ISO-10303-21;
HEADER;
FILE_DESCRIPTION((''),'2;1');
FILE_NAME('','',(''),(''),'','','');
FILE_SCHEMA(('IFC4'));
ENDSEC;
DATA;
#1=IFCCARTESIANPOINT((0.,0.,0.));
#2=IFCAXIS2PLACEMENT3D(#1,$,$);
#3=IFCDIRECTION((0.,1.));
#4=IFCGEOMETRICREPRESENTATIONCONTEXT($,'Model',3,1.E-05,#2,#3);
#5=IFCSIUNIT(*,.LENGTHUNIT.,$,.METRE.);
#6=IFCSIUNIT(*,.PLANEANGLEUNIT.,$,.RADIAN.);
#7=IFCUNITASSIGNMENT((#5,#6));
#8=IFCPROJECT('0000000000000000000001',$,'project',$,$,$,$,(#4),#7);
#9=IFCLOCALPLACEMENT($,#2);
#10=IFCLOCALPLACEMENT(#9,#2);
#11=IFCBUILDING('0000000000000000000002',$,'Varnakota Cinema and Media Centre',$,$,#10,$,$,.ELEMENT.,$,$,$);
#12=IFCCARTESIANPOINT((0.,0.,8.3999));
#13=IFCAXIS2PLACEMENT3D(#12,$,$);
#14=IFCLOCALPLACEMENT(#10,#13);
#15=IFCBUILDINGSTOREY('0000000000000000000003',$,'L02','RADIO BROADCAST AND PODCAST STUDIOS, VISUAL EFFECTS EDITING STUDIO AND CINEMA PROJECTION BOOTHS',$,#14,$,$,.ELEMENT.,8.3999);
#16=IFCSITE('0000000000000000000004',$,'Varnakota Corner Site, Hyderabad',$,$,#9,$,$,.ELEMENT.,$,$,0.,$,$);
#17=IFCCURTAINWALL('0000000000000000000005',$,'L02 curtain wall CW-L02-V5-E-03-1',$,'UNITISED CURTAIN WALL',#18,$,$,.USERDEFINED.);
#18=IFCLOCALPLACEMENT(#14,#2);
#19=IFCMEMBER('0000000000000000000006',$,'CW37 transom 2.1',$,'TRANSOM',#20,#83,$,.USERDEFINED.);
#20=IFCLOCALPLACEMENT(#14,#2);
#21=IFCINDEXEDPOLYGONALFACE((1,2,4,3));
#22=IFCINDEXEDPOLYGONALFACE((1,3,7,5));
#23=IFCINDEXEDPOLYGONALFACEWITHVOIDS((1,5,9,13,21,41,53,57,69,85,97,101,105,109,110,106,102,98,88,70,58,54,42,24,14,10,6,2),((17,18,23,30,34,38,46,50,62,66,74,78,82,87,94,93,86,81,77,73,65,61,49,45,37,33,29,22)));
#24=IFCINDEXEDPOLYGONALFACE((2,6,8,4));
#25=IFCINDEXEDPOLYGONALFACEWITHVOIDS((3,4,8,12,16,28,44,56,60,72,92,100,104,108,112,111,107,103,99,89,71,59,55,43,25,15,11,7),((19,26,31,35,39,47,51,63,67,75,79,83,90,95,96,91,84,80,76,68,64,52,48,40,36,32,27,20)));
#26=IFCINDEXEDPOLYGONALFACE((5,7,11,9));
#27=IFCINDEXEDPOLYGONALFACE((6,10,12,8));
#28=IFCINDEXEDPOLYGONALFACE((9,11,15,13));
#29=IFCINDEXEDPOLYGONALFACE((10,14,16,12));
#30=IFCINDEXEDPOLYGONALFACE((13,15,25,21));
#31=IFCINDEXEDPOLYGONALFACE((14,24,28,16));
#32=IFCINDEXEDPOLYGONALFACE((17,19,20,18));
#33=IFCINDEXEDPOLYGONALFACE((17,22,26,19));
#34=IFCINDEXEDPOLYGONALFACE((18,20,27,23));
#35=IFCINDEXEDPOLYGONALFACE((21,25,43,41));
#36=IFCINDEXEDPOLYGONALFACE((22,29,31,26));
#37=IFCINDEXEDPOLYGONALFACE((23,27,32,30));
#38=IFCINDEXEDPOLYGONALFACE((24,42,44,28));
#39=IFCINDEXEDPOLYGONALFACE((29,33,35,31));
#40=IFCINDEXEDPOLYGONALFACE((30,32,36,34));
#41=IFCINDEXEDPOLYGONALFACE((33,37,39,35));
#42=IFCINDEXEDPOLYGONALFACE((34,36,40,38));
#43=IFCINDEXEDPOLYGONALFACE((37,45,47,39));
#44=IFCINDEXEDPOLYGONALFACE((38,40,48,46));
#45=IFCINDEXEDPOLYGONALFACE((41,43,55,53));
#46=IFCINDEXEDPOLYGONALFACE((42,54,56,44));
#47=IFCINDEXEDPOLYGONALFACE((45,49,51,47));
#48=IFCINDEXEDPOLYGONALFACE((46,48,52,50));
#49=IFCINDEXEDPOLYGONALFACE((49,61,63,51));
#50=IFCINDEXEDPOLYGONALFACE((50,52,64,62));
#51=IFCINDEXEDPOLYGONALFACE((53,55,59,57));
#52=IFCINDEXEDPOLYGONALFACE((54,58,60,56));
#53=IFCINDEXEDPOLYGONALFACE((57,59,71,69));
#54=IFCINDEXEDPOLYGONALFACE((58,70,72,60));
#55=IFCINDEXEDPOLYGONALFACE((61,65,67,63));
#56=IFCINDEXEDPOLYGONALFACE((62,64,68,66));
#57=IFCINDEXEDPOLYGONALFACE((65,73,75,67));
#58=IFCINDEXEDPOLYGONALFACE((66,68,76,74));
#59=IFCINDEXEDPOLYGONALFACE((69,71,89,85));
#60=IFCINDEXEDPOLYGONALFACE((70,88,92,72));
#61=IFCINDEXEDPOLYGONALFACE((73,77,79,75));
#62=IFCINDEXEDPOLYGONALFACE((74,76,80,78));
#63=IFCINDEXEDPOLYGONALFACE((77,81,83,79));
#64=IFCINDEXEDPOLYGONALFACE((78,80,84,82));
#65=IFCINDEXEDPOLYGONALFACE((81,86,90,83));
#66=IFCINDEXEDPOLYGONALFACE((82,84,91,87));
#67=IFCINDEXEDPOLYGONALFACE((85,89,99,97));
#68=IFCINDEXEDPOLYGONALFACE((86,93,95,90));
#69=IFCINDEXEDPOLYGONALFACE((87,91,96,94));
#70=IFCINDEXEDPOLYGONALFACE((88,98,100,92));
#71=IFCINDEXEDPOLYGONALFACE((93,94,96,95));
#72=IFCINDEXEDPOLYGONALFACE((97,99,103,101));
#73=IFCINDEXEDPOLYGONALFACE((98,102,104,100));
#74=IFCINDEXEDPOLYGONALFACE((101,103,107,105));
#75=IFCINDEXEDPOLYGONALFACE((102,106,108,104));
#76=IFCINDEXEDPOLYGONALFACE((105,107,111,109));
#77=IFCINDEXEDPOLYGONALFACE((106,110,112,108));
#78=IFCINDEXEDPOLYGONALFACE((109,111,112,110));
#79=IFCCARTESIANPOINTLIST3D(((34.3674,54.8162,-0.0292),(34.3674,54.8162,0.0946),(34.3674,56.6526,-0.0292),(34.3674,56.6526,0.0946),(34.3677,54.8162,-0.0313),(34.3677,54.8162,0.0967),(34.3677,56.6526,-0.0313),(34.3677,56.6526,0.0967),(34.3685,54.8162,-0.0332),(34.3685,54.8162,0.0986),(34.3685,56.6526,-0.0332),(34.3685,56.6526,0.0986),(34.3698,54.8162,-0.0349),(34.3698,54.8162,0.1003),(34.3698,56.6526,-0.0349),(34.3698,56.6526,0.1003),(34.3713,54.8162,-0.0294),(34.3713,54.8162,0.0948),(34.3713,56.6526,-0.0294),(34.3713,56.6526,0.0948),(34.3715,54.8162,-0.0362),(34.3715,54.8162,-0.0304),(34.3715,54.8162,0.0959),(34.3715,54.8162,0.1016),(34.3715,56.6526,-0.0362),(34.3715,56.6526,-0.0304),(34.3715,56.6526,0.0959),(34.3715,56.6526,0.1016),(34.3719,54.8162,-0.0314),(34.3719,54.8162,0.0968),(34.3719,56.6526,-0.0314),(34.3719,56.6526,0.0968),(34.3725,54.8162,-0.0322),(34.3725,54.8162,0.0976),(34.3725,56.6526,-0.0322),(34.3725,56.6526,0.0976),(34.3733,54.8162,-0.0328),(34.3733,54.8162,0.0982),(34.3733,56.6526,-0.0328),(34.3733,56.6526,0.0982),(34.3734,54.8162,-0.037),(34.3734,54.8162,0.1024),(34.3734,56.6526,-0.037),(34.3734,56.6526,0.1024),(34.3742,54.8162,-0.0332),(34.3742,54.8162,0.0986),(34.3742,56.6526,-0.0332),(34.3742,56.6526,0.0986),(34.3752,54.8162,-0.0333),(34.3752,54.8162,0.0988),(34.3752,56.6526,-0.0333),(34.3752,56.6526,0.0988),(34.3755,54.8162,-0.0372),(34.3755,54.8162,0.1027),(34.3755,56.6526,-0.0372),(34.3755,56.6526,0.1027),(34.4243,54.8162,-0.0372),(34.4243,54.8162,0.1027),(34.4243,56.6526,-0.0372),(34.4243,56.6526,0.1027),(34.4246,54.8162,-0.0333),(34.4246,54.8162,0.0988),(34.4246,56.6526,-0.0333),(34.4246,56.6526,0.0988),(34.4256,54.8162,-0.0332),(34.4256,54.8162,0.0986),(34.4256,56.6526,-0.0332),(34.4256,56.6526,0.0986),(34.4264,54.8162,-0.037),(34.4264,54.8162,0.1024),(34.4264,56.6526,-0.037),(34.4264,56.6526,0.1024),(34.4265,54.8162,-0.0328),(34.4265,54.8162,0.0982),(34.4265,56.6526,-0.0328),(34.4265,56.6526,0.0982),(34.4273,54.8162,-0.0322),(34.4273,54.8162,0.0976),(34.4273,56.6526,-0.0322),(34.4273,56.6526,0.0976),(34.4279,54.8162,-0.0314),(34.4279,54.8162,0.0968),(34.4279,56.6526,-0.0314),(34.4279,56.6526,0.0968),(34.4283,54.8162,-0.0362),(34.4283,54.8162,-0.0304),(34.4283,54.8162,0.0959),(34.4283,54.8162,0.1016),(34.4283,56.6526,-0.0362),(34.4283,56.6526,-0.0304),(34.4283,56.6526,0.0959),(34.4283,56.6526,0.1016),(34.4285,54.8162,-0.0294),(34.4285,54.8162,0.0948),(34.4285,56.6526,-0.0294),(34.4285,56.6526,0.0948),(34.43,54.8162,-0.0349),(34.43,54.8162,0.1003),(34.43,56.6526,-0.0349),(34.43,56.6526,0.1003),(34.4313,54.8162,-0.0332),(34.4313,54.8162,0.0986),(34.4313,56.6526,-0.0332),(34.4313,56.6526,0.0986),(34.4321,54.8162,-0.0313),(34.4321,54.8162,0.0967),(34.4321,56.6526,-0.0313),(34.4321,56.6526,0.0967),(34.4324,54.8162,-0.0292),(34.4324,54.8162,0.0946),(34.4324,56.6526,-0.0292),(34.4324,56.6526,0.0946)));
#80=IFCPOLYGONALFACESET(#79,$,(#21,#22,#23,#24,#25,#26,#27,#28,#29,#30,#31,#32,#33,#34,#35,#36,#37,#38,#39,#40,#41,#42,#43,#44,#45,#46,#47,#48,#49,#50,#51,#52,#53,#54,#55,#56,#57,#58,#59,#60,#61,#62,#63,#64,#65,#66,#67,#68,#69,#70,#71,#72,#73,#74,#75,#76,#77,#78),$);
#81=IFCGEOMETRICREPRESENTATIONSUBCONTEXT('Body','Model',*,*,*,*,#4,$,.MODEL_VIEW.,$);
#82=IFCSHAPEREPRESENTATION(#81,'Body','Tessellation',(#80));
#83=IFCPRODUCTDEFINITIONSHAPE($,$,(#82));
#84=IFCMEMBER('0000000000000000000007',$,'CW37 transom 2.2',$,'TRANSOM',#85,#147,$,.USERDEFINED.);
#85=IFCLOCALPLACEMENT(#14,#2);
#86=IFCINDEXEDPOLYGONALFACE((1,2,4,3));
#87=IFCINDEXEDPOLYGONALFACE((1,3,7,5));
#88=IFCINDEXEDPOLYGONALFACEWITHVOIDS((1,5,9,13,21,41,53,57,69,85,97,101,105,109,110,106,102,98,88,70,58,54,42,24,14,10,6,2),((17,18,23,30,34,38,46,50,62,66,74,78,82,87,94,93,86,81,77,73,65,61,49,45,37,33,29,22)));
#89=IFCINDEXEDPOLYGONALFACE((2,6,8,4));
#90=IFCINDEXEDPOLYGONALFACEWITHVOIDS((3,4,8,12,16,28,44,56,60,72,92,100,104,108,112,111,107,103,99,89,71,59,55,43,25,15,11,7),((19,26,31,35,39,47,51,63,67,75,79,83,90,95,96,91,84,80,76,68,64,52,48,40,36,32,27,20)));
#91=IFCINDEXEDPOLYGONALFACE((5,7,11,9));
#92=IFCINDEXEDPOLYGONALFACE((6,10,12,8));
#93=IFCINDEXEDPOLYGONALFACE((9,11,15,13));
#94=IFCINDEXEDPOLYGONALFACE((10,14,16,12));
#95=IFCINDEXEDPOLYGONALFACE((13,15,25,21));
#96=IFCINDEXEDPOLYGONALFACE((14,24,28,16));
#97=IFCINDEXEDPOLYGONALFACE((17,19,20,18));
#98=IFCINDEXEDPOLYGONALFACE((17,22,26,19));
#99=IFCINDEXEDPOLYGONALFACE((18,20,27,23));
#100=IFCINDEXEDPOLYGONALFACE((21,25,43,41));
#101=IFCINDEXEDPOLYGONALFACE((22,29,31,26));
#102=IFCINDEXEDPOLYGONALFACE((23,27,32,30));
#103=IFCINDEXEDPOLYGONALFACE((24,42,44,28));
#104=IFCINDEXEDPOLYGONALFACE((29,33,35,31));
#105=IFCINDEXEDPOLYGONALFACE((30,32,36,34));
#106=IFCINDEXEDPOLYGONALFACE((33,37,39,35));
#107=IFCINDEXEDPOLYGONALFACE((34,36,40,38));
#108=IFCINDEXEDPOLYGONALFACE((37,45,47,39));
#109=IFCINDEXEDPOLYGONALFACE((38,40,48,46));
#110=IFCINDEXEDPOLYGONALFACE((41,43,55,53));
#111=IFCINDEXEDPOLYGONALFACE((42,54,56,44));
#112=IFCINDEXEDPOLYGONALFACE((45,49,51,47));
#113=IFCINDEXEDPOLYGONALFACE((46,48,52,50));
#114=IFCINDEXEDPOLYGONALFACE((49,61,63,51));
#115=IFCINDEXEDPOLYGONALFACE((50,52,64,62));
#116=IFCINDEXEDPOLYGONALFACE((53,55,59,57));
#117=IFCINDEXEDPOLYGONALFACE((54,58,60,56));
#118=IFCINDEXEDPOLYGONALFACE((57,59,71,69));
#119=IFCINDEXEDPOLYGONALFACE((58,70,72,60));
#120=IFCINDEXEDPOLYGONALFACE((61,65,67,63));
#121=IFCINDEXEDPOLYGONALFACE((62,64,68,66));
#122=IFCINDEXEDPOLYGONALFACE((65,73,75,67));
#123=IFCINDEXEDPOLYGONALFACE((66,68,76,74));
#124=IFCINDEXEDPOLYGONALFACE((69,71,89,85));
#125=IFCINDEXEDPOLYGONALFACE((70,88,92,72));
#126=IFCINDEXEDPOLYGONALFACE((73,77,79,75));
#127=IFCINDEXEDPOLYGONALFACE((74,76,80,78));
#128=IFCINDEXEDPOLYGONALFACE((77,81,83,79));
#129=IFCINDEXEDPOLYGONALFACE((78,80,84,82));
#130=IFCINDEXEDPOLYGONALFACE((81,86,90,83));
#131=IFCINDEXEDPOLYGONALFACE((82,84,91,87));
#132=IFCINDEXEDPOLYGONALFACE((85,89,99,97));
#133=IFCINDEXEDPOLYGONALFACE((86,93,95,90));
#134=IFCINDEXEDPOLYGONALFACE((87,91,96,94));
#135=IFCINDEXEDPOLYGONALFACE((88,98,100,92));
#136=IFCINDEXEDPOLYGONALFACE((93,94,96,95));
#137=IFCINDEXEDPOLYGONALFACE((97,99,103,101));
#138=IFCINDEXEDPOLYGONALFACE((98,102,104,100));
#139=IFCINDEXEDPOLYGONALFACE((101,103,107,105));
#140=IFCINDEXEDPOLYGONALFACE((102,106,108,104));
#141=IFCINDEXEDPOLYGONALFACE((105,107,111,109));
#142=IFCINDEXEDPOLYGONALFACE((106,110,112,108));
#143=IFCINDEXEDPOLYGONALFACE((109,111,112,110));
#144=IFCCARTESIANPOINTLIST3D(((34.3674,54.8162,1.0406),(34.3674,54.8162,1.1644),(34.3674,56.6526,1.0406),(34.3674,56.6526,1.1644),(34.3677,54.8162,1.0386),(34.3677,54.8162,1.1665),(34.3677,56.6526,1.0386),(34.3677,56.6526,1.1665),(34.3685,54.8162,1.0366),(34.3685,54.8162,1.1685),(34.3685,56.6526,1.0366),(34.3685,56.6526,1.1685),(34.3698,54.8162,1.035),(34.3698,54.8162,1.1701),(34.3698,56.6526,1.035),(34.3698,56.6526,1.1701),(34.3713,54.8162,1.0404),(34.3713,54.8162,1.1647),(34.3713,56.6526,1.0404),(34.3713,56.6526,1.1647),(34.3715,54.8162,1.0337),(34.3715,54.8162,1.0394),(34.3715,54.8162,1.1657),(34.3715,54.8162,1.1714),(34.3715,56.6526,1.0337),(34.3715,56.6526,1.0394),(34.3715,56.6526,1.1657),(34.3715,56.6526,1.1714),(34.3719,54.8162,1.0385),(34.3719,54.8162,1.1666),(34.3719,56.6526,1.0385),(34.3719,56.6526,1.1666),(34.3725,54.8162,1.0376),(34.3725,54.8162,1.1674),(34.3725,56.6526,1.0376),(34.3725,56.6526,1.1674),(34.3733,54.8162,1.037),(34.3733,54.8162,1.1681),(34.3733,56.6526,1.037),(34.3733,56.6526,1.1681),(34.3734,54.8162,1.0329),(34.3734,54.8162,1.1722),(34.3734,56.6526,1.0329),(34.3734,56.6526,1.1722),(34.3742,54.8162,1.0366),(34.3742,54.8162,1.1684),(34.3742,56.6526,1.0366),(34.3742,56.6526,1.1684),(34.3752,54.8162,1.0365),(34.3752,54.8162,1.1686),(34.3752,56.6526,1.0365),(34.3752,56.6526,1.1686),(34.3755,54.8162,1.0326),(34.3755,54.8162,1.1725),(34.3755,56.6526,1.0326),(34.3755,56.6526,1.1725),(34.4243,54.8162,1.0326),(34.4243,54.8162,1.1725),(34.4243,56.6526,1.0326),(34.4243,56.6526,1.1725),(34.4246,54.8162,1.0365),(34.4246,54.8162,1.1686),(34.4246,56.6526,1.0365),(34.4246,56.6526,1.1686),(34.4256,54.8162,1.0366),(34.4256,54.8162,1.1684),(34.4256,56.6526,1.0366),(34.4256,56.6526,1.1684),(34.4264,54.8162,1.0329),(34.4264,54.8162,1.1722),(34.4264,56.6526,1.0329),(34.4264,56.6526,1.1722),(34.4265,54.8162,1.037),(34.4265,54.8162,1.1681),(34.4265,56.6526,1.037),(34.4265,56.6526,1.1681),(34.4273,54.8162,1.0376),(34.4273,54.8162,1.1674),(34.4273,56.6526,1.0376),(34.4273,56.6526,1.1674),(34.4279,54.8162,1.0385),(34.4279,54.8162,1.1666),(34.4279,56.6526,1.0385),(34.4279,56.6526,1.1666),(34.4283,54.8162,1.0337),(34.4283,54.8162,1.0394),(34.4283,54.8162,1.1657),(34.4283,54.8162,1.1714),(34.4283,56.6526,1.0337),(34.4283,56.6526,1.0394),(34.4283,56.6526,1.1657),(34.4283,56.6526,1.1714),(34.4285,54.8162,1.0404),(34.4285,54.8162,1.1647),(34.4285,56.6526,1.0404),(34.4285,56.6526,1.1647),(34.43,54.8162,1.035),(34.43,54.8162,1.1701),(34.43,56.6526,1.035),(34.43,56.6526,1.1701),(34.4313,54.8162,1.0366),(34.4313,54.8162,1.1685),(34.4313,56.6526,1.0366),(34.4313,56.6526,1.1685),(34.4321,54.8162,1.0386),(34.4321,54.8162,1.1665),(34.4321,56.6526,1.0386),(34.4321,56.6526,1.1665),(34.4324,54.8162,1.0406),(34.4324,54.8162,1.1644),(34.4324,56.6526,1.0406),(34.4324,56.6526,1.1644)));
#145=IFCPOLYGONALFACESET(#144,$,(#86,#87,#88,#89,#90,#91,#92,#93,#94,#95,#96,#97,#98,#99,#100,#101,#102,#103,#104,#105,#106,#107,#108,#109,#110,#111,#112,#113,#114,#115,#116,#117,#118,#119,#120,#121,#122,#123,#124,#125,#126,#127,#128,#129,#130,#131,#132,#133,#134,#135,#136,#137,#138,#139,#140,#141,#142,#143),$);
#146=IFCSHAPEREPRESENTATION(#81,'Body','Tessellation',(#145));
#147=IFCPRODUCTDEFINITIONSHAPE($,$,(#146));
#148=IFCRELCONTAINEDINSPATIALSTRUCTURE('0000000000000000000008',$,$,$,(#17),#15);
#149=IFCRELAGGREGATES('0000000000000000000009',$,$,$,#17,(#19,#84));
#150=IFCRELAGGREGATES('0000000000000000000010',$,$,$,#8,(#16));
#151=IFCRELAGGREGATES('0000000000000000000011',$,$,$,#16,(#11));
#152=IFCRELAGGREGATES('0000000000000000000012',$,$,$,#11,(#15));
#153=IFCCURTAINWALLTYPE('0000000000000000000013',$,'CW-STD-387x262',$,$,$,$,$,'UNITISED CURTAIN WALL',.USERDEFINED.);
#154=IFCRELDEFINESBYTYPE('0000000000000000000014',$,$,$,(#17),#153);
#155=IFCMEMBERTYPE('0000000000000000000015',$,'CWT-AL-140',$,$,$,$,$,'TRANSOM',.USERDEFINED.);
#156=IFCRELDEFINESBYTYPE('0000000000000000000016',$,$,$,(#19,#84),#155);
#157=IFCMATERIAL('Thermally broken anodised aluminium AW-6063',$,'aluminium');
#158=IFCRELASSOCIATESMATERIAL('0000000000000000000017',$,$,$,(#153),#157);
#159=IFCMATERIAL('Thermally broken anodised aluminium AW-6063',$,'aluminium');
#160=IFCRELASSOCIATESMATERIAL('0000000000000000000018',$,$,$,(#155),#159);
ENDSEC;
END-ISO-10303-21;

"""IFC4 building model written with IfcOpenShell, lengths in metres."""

from ifc_helpers import new_model, si_unit, direction, frame, origin, origin_2d, place, context, subcontext, project, spatial, hollow_rectangle, extrude, material, material_profile, profile_set, type_object, element, aggregate, save


model = new_model("IFC4")

# Units and contexts
model_context = context("Model", 3, precision=1e-05, world=origin(), true_north=direction((0.0, 1.0)))
body_context = subcontext(model_context, "Body", "Model", "MODEL_VIEW")
ifc_project = project(units=[si_unit("LENGTHUNIT", "METRE"), si_unit("PLANEANGLEUNIT", "RADIAN")], contexts=[model_context])

# Site, building, storey
site_placement = place(None, origin())
site = spatial("IfcSite", under=ifc_project, at=site_placement, Name="Varnakota Corner Site, Hyderabad", CompositionType="ELEMENT", RefElevation=0.0)
building_placement = place(site_placement, origin())
building = spatial("IfcBuilding", under=site, at=building_placement, Name="Varnakota Cinema and Media Centre", CompositionType="ELEMENT")
storey_placement = place(building_placement, frame((0.0, 0.0, 8.3999)))
storey = spatial("IfcBuildingStorey", under=building, at=storey_placement, Name="L02", Description="RADIO BROADCAST AND PODCAST STUDIOS, VISUAL EFFECTS EDITING STUDIO AND CINEMA PROJECTION BOOTHS", CompositionType="ELEMENT", Elevation=8.3999)

# Curtain wall
ifc_material_1 = material(Name="Thermally broken anodised aluminium AW-6063", Category="aluminium")
curtain_wall_type = type_object("IfcCurtainWallType", Name="CW-STD-387x262", ElementType="UNITISED CURTAIN WALL", PredefinedType="USERDEFINED", material=ifc_material_1)
curtain_wall_1_placement = place(storey_placement, origin())
curtain_wall_1 = element("IfcCurtainWall", 1, at=curtain_wall_1_placement, inside=storey, type_object=curtain_wall_type, Name="L02 curtain wall CW-L02-V5-E-03-1", ObjectType="UNITISED CURTAIN WALL", PredefinedType="USERDEFINED")

# Members
ifc_material_2 = material(Name="Thermally broken anodised aluminium AW-6063", Category="aluminium")
ifc_material_profile_1 = material_profile(ifc_material_2, hollow_rectangle(XDim=0.0649, YDim=0.1399, WallThickness=0.0039, InnerFilletRadius=0.0039, OuterFilletRadius=0.0081, at=origin_2d()), Name="AL-TRANSOM 140x65x4")
ifc_profile_set_1 = profile_set([ifc_material_profile_1], Name="Thermally broken anodised aluminium AW-6063")
member_type_1 = type_object("IfcMemberType", Name="CWT-AL-140", ElementType="TRANSOM", PredefinedType="USERDEFINED", material=ifc_profile_set_1)
member_1_placement = place(storey_placement, frame((34.3999, 54.8162, 0.0327), z_axis=(0.0, 1.0, 0.0), x_axis=(-1.0, 0.0, 0.0)))
member_1 = element("IfcMember", 2, at=member_1_placement, type_object=member_type_1, Name="CW37 transom 2.1", ObjectType="TRANSOM", PredefinedType="USERDEFINED", context=body_context, shape_type="SweptSolid", body=[
    extrude(hollow_rectangle(XDim=0.0649, YDim=0.1399, WallThickness=0.0039, InnerFilletRadius=0.0039, OuterFilletRadius=0.0081, at=origin_2d()), origin(), (0.0, 0.0, 1.0), 1.8364),
])
member_2_placement = place(storey_placement, frame((34.3999, 54.8162, 1.1025), z_axis=(0.0, 1.0, 0.0), x_axis=(-1.0, 0.0, 0.0)))
member_2 = element("IfcMember", 3, at=member_2_placement, type_object=member_type_1, Name="CW37 transom 2.2", ObjectType="TRANSOM", PredefinedType="USERDEFINED", context=body_context, shape_type="SweptSolid", body=[
    extrude(hollow_rectangle(XDim=0.0649, YDim=0.1399, WallThickness=0.0039, InnerFilletRadius=0.0039, OuterFilletRadius=0.0081, at=origin_2d()), origin(), (0.0, 0.0, 1.0), 1.8364),
])

aggregate(curtain_wall_1, [member_1, member_2])

save(model, "model.ifc")
